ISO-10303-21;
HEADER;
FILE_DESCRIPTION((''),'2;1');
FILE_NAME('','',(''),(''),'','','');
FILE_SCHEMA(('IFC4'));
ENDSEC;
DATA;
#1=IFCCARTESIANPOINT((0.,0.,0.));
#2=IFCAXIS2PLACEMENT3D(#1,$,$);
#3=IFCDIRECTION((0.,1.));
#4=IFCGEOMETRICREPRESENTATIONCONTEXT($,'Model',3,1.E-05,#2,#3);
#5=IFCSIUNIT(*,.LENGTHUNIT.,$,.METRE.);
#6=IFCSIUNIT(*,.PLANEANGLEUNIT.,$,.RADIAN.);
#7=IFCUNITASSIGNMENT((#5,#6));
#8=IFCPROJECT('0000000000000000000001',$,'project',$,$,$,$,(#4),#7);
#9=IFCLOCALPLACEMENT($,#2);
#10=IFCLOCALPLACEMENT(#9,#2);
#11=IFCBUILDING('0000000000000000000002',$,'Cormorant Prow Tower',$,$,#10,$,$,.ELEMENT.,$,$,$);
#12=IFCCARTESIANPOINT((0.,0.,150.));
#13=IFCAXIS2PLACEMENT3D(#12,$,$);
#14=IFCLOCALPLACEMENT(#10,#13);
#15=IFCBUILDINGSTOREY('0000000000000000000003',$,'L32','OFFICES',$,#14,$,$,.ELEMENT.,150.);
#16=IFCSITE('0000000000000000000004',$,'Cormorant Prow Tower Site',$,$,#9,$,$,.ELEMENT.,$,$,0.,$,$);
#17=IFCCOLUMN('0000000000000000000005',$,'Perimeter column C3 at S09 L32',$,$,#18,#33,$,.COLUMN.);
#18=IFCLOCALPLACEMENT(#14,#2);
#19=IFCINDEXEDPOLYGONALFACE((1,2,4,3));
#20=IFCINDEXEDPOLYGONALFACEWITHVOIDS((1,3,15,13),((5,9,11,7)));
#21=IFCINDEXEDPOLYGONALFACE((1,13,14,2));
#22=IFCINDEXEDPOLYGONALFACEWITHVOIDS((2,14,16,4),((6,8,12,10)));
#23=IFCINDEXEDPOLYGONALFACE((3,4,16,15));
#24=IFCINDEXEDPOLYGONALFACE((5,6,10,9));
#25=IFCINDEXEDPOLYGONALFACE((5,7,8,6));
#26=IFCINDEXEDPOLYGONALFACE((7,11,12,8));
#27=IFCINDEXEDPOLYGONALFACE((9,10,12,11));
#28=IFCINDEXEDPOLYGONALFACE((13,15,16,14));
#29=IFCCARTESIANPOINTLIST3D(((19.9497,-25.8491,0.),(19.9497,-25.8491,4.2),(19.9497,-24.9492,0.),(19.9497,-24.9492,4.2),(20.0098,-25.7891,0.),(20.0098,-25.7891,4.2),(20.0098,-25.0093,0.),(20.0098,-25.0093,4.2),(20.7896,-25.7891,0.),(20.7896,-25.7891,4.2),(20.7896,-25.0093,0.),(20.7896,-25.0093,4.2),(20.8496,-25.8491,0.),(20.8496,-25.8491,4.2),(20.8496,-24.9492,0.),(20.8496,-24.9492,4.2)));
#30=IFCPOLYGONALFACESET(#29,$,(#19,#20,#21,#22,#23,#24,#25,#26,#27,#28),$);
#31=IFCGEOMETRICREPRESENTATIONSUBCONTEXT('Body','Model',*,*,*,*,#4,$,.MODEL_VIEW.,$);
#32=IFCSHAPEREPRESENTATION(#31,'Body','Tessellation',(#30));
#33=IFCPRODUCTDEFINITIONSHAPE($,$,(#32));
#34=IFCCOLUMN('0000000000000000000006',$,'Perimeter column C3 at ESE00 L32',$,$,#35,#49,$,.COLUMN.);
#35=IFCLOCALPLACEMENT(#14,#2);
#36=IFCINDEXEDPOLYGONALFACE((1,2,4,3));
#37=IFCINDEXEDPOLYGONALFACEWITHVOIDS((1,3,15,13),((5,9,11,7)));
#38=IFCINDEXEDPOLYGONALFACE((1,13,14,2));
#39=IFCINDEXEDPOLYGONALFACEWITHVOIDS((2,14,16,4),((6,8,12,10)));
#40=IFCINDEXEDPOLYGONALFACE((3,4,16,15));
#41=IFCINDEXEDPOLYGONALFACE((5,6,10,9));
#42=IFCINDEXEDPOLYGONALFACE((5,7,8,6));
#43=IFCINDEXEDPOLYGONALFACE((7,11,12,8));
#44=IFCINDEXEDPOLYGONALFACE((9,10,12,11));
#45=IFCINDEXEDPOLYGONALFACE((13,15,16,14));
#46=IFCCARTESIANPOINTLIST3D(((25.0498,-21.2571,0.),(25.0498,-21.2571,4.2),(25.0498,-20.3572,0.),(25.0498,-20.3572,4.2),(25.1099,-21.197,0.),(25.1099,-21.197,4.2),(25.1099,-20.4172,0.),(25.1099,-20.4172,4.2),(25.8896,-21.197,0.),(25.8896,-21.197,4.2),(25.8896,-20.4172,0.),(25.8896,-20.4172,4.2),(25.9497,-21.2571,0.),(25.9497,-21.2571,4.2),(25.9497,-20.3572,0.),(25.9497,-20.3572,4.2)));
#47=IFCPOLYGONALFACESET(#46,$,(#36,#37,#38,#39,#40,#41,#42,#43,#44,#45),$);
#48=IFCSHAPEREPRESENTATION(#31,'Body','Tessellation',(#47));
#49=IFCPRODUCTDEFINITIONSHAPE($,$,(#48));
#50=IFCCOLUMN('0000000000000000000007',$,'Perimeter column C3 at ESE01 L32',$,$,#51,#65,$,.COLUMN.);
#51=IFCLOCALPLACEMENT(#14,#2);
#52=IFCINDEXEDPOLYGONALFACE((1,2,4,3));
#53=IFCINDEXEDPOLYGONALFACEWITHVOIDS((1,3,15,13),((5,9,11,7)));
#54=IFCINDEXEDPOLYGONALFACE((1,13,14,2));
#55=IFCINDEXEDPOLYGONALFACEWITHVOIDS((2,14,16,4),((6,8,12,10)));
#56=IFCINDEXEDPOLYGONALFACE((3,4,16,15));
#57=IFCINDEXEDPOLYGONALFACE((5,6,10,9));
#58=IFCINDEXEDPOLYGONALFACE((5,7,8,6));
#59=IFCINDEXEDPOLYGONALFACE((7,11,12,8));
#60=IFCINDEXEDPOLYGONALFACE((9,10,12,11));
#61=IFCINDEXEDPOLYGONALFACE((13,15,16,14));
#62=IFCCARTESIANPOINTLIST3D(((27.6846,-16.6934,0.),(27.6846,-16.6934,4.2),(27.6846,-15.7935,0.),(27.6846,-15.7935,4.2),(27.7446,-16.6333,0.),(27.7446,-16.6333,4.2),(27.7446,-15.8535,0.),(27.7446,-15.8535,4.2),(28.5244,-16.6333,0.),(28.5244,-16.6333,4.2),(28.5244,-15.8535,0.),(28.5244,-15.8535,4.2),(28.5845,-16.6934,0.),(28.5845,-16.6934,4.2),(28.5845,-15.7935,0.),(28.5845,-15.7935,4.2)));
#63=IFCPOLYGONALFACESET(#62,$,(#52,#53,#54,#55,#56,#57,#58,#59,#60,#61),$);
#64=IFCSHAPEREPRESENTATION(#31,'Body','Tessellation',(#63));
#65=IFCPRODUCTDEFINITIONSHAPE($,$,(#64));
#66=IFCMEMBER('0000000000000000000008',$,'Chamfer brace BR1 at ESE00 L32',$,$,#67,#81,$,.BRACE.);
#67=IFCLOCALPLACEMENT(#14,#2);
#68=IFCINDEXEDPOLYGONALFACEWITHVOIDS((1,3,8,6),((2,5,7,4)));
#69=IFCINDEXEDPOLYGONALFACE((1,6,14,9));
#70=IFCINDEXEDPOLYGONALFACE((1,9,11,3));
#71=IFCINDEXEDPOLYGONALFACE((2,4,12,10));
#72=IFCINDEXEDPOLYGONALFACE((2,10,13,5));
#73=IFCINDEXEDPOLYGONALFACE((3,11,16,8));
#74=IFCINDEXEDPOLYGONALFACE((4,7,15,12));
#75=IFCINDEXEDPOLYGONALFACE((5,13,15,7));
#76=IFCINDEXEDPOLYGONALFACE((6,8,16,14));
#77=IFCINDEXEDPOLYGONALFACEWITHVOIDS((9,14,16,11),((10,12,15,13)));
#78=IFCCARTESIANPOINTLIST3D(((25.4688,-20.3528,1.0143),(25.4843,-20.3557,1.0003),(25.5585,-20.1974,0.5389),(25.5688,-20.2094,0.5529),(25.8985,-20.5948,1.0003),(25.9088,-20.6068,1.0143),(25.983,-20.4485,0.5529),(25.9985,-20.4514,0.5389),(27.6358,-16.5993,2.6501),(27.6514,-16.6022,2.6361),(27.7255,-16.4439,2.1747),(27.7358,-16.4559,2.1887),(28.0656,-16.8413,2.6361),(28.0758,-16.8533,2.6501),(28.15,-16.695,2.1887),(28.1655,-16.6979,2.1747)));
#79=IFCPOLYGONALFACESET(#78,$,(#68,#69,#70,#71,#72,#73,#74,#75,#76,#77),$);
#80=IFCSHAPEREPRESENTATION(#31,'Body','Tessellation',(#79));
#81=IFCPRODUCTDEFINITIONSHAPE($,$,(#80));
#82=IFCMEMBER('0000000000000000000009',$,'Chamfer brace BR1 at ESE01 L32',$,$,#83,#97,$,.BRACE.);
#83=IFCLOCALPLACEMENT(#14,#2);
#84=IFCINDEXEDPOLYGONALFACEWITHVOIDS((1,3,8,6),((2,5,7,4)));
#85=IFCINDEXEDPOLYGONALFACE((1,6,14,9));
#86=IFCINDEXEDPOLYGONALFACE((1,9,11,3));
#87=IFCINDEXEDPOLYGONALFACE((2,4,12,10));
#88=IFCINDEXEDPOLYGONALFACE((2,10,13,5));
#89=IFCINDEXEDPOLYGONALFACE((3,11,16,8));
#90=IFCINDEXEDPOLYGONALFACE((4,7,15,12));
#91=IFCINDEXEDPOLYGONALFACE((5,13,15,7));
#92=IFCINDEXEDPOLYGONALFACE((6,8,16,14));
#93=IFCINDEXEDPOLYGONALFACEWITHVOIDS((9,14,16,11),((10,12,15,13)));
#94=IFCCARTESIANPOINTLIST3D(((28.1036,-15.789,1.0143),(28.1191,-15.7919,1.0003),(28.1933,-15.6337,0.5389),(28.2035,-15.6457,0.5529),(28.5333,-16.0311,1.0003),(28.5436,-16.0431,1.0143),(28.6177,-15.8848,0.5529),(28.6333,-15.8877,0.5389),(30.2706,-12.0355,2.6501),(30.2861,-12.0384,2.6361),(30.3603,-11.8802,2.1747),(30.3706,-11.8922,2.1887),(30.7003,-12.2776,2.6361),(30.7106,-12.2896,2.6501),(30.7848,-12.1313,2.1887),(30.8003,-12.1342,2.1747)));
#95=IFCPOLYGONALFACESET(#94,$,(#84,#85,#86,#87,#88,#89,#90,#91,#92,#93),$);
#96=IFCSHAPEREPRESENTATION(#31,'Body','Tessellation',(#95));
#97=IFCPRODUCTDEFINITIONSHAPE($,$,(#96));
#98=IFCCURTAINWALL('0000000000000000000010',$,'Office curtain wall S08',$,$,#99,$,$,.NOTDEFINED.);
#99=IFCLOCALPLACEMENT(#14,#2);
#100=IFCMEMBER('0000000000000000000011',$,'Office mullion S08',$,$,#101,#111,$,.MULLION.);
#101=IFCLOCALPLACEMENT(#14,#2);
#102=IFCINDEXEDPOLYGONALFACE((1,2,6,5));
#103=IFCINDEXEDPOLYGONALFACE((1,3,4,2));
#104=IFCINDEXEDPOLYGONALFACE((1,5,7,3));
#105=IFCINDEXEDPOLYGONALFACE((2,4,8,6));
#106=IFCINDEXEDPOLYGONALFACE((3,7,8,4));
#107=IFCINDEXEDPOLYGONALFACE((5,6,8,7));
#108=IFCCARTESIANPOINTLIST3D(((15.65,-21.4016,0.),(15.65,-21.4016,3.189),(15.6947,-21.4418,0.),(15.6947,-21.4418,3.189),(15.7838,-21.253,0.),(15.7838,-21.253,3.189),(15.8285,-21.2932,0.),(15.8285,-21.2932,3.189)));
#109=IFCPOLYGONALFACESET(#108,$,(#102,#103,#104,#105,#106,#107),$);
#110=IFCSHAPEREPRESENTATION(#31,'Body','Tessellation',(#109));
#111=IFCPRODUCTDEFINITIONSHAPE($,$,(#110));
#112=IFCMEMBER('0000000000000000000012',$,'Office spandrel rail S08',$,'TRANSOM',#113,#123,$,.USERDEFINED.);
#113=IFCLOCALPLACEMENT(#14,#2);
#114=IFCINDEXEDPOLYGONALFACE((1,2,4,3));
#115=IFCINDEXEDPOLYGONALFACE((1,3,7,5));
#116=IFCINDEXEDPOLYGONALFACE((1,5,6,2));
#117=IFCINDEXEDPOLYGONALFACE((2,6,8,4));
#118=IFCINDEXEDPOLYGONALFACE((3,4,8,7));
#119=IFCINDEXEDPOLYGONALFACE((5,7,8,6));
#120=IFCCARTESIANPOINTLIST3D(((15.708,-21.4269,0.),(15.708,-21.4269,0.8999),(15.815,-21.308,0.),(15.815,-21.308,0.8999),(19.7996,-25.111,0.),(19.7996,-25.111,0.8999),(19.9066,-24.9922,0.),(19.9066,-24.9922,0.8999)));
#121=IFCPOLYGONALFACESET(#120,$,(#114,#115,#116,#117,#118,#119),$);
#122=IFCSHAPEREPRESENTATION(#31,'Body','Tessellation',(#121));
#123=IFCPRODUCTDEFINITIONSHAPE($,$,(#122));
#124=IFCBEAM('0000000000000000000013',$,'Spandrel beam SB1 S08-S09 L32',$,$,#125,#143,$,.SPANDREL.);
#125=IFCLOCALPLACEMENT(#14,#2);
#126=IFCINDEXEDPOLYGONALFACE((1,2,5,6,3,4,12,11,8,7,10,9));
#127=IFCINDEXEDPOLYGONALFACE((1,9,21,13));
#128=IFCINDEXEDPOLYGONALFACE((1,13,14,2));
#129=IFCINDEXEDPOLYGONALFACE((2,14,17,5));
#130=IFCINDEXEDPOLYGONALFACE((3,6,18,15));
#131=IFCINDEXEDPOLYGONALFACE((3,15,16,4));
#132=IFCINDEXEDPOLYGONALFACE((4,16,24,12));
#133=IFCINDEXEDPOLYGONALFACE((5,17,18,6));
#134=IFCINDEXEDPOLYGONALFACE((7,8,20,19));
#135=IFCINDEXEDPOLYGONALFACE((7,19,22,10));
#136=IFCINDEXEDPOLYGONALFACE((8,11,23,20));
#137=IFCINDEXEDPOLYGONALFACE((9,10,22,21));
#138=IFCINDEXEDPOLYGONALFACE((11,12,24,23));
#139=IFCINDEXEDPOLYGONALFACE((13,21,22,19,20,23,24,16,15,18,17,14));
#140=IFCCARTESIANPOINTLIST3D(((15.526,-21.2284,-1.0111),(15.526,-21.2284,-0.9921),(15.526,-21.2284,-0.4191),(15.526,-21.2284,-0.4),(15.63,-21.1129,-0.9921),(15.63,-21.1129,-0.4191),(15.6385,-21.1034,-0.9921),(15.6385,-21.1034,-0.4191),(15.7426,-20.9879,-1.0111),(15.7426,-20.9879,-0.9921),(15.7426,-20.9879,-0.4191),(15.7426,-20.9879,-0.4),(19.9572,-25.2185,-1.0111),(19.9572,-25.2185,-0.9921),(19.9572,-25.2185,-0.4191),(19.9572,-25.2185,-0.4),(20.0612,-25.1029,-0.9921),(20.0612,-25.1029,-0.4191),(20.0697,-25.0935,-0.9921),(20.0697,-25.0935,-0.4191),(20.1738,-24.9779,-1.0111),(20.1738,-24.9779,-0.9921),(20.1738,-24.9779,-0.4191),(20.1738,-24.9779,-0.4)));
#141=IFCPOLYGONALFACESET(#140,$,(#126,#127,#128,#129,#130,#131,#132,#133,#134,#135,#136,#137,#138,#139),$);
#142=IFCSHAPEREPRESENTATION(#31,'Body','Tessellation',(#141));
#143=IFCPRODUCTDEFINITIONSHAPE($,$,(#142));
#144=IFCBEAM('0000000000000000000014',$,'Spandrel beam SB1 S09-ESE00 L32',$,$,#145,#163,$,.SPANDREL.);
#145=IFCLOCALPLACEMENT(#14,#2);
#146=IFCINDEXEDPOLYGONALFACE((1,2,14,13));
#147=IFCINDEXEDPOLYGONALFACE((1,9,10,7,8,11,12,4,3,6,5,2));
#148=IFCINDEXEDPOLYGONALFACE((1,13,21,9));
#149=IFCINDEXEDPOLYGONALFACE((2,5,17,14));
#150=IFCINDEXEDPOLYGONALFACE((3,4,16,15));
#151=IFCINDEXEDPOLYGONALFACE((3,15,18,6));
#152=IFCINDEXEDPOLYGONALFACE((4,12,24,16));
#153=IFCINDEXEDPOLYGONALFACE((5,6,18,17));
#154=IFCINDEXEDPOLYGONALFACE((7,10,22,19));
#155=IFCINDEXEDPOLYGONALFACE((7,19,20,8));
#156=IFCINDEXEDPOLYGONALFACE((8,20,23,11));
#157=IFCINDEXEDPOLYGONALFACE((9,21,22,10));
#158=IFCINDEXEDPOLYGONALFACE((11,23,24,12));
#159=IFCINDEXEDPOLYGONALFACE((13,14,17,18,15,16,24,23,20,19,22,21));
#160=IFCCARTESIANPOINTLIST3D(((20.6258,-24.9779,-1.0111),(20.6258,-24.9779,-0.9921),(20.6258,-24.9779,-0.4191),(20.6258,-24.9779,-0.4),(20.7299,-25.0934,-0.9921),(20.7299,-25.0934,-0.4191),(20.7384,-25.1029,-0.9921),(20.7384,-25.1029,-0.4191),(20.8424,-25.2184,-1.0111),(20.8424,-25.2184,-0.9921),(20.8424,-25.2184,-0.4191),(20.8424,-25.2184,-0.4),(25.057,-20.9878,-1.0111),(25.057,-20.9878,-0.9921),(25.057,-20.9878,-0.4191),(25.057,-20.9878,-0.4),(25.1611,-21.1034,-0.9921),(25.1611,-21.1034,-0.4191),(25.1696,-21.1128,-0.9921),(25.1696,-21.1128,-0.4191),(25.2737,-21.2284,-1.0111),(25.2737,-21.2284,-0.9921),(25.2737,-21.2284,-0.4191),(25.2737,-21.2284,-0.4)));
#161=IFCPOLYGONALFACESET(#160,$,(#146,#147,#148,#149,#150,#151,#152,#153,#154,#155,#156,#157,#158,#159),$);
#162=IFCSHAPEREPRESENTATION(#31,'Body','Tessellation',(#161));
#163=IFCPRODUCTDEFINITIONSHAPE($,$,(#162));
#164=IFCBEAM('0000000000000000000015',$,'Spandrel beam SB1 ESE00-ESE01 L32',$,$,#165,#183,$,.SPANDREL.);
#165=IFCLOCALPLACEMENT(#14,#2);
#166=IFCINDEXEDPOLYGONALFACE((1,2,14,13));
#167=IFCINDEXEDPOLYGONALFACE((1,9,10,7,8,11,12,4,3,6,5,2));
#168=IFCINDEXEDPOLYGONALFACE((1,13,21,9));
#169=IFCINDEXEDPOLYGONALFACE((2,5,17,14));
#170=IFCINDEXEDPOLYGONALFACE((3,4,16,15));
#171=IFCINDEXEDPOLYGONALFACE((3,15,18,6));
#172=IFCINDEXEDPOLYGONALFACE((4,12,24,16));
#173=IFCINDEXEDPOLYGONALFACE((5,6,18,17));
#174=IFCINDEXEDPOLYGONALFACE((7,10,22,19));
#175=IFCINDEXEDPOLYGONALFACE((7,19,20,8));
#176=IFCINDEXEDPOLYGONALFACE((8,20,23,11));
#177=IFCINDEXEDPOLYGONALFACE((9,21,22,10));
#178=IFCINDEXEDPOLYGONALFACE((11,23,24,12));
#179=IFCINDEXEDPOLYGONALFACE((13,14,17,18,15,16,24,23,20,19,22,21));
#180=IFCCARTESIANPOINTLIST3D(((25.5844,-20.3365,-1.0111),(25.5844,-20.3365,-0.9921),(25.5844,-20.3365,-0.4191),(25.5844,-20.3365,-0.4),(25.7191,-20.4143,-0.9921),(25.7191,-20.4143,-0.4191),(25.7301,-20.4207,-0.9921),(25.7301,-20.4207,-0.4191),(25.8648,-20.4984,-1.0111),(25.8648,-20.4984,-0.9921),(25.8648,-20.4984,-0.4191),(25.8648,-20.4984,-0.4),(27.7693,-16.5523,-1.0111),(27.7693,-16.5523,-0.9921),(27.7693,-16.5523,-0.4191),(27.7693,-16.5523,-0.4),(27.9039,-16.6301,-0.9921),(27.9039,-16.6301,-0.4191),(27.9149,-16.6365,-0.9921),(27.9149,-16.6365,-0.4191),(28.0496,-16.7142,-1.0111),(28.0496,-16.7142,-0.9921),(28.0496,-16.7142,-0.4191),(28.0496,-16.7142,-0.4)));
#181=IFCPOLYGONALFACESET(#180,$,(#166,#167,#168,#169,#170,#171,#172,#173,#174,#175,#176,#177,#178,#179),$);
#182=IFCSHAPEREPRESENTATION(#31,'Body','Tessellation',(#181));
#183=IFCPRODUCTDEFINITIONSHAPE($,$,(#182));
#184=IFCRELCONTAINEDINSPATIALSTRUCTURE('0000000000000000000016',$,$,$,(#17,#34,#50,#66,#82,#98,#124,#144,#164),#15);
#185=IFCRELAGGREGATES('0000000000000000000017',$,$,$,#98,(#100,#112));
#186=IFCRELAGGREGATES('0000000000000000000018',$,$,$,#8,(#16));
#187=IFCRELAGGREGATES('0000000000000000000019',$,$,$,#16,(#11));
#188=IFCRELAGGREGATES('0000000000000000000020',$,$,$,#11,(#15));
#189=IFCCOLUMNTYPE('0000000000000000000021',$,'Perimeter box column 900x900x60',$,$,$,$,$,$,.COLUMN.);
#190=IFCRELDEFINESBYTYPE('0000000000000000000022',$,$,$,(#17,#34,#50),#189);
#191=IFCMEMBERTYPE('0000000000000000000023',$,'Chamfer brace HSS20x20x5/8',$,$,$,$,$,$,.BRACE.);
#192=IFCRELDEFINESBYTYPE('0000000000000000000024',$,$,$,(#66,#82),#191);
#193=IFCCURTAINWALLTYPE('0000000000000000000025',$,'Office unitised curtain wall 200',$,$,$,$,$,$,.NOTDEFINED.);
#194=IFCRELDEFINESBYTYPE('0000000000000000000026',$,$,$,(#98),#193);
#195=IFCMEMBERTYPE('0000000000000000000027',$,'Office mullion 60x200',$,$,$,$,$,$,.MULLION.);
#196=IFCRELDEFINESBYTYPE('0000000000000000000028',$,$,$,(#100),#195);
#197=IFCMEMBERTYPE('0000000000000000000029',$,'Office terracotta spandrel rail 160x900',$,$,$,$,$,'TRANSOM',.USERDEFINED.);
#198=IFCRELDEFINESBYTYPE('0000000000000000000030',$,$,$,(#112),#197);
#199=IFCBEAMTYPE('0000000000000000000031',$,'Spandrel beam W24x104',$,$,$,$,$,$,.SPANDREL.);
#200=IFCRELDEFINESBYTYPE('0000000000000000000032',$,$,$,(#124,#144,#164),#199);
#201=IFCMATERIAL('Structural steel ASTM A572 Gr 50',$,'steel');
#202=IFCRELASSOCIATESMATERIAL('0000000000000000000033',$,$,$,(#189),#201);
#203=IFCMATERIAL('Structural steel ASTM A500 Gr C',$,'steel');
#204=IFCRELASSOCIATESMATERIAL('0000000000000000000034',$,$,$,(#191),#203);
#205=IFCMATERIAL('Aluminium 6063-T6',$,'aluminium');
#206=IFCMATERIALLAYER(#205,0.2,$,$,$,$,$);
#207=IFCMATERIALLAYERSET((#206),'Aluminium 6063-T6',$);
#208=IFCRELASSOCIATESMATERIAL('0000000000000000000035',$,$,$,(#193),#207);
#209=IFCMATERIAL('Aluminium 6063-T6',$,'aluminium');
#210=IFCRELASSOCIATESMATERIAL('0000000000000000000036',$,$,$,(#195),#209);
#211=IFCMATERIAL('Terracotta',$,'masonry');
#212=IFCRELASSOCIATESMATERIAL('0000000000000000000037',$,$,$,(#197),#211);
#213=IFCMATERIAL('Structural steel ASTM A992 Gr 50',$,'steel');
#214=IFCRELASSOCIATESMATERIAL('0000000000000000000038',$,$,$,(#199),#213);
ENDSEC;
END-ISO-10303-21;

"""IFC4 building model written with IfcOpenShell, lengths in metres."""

from ifc_helpers import new_model, si_unit, direction, frame, origin, origin_2d, place, context, subcontext, project, spatial, rectangle, hollow_rectangle, i_section, extrude, material, layer, layer_set, material_profile, profile_set, type_object, element, aggregate, save


model = new_model("IFC4")

# Units and contexts
model_context = context("Model", 3, precision=1e-05, world=origin(), true_north=direction((0.0, 1.0)))
body_context = subcontext(model_context, "Body", "Model", "MODEL_VIEW")
ifc_project = project(units=[si_unit("LENGTHUNIT", "METRE"), si_unit("PLANEANGLEUNIT", "RADIAN")], contexts=[model_context])

# Site, building, storey
site_placement = place(None, origin())
site = spatial("IfcSite", under=ifc_project, at=site_placement, Name="Cormorant Prow Tower Site", CompositionType="ELEMENT", RefElevation=0.0)
building_placement = place(site_placement, origin())
building = spatial("IfcBuilding", under=site, at=building_placement, Name="Cormorant Prow Tower", CompositionType="ELEMENT")
storey_placement = place(building_placement, frame((0.0, 0.0, 150.0)))
storey = spatial("IfcBuildingStorey", under=building, at=storey_placement, Name="L32", Description="OFFICES", CompositionType="ELEMENT", Elevation=150.0)

# Columns
ifc_material_1 = material(Name="Structural steel ASTM A572 Gr 50", Category="steel")
ifc_material_profile_1 = material_profile(ifc_material_1, hollow_rectangle(XDim=0.8999, YDim=0.8999, WallThickness=0.0601, at=origin_2d()), Name="Box 900x900x60")
ifc_profile_set_1 = profile_set([ifc_material_profile_1], Name="Structural steel ASTM A572 Gr 50")
column_type = type_object("IfcColumnType", Name="Perimeter box column 900x900x60", PredefinedType="COLUMN", material=ifc_profile_set_1)
for number, where, z_axis, x_axis, name in (
    (1, (20.3997, -25.3992, 0.0), (0.0, 0.0, 1.0), (1.0, 0.0, 0.0), "Perimeter column C3 at S09 L32"),
    (2, (25.4998, -20.8071, 0.0), (0.0, 0.0, 1.0), (1.0, 0.0, 0.0), "Perimeter column C3 at ESE00 L32"),
    (3, (28.1345, -16.2434, 0.0), (0.0, 0.0, 1.0), (1.0, 0.0, 0.0), "Perimeter column C3 at ESE01 L32"),
):
    element("IfcColumn", number, at=place(storey_placement, frame(where, z_axis=z_axis, x_axis=x_axis)), inside=storey, type_object=column_type, Name=name, PredefinedType="COLUMN", context=body_context, shape_type="SweptSolid", body=[
        extrude(hollow_rectangle(XDim=0.8999, YDim=0.8999, WallThickness=0.0601, at=origin_2d()), origin(), (0.0, 0.0, 1.0), 4.2),
    ])

# Members
ifc_material_2 = material(Name="Structural steel ASTM A500 Gr C", Category="steel")
ifc_material_profile_2 = material_profile(ifc_material_2, hollow_rectangle(XDim=0.5081, YDim=0.5081, WallThickness=0.0149, at=origin_2d()), Name="HSS20x20x5/8")
ifc_profile_set_2 = profile_set([ifc_material_profile_2], Name="Structural steel ASTM A500 Gr C")
member_type_1 = type_object("IfcMemberType", Name="Chamfer brace HSS20x20x5/8", PredefinedType="BRACE", material=ifc_profile_set_2)
for number, where, z_axis, x_axis, name in (
    (4, (25.7336, -20.4021, 0.7766), (0.467785, 0.810244, 0.353105), (-0.86603, 0.499992, 0.0), "Chamfer brace BR1 at ESE00 L32"),
    (5, (28.3684, -15.8384, 0.7766), (0.467785, 0.810244, 0.353105), (-0.86603, 0.499992, 0.0), "Chamfer brace BR1 at ESE01 L32"),
):
    element("IfcMember", number, at=place(storey_placement, frame(where, z_axis=z_axis, x_axis=x_axis)), inside=storey, type_object=member_type_1, Name=name, PredefinedType="BRACE", context=body_context, shape_type="SweptSolid", body=[
        extrude(hollow_rectangle(XDim=0.5081, YDim=0.5081, WallThickness=0.0149, at=origin_2d()), origin(), (0.0, 0.0, 1.0), 4.6326),
    ])

# Curtain wall, members
ifc_material_3 = material(Name="Aluminium 6063-T6", Category="aluminium")
ifc_layer_1 = layer(ifc_material_3, 0.2)
ifc_layer_set_1 = layer_set([ifc_layer_1], Name="Aluminium 6063-T6")
curtain_wall_type = type_object("IfcCurtainWallType", Name="Office unitised curtain wall 200", PredefinedType="NOTDEFINED", material=ifc_layer_set_1)
curtain_wall_placement = place(storey_placement, origin())
curtain_wall = element("IfcCurtainWall", 6, at=curtain_wall_placement, inside=storey, type_object=curtain_wall_type, Name="Office curtain wall S08", PredefinedType="NOTDEFINED")
ifc_material_4 = material(Name="Aluminium 6063-T6", Category="aluminium")
ifc_material_profile_3 = material_profile(ifc_material_4, rectangle(XDim=0.2, YDim=0.0601, at=origin_2d()), Name="Office mullion 60x200")
ifc_profile_set_3 = profile_set([ifc_material_profile_3], Name="Aluminium 6063-T6")
member_type_2 = type_object("IfcMemberType", Name="Office mullion 60x200", PredefinedType="MULLION", material=ifc_profile_set_3)
member_1_placement = place(storey_placement, frame((15.7393, -21.3474, 0.0), z_axis=(0.0, 0.0, 1.0), x_axis=(0.669131, 0.743145, 0.0)))
member_1 = element("IfcMember", 7, at=member_1_placement, type_object=member_type_2, Name="Office mullion S08", PredefinedType="MULLION", context=body_context, shape_type="SweptSolid", body=[
    extrude(rectangle(XDim=0.2, YDim=0.0601, at=origin_2d()), origin(), (0.0, 0.0, 1.0), 3.189),
])
ifc_material_5 = material(Name="Terracotta", Category="masonry")
ifc_material_profile_4 = material_profile(ifc_material_5, rectangle(XDim=0.1599, YDim=0.8999, at=origin_2d()), Name="Office terracotta spandrel rail 160x900")
ifc_profile_set_4 = profile_set([ifc_material_profile_4], Name="Terracotta")
member_type_3 = type_object("IfcMemberType", Name="Office terracotta spandrel rail 160x900", ElementType="TRANSOM", PredefinedType="USERDEFINED", material=ifc_profile_set_4)
member_2_placement = place(storey_placement, frame((15.7615, -21.3674, 0.45), z_axis=(0.743142, -0.669134, 0.0), x_axis=(0.669134, 0.743142, 0.0)))
member_2 = element("IfcMember", 8, at=member_2_placement, type_object=member_type_3, Name="Office spandrel rail S08", ObjectType="TRANSOM", PredefinedType="USERDEFINED", context=body_context, shape_type="SweptSolid", body=[
    extrude(rectangle(XDim=0.1599, YDim=0.8999, at=origin_2d()), origin(), (0.0, 0.0, 1.0), 5.5059),
])

# Beams
ifc_material_6 = material(Name="Structural steel ASTM A992 Gr 50", Category="steel")
ifc_material_profile_5 = material_profile(ifc_material_6, i_section(OverallWidth=0.3237, OverallDepth=0.6111, WebThickness=0.0127, FlangeThickness=0.019, at=origin_2d()), Name="W24x104")
ifc_profile_set_5 = profile_set([ifc_material_profile_5], Name="Structural steel ASTM A992 Gr 50")
beam_type = type_object("IfcBeamType", Name="Spandrel beam W24x104", PredefinedType="SPANDREL", material=ifc_profile_set_5)
for number, where, z_axis, x_axis, name in (
    (9, (15.6343, -21.1082, -0.7056), (0.743131, -0.669146, 0.0), (0.669146, 0.743131, 0.0), "Spandrel beam SB1 S08-S09 L32"),
    (10, (20.7341, -25.0981, -0.7056), (0.743131, 0.669146, 0.0), (-0.669146, 0.743131, 0.0), "Spandrel beam SB1 S09-ESE00 L32"),
):
    element("IfcBeam", number, at=place(storey_placement, frame(where, z_axis=z_axis, x_axis=x_axis)), inside=storey, type_object=beam_type, Name=name, PredefinedType="SPANDREL", context=body_context, shape_type="SweptSolid", body=[
        extrude(i_section(OverallWidth=0.3237, OverallDepth=0.6111, WebThickness=0.0127, FlangeThickness=0.019, at=origin_2d()), origin(), (0.0, 0.0, 1.0), 5.9629),
    ])
for number, where, z_axis, x_axis, name in (
    (11, (25.7246, -20.4175, -0.7056), (0.500003, 0.866024, 0.0), (-0.866024, 0.500003, 0.0), "Spandrel beam SB1 ESE00-ESE01 L32"),
):
    element("IfcBeam", number, at=place(storey_placement, frame(where, z_axis=z_axis, x_axis=x_axis)), inside=storey, type_object=beam_type, Name=name, PredefinedType="SPANDREL", context=body_context, shape_type="SweptSolid", body=[
        extrude(i_section(OverallWidth=0.3237, OverallDepth=0.6111, WebThickness=0.0127, FlangeThickness=0.019, at=origin_2d()), origin(), (0.0, 0.0, 1.0), 4.3696),
    ])

aggregate(curtain_wall, [member_1, member_2])

save(model, "model.ifc")
